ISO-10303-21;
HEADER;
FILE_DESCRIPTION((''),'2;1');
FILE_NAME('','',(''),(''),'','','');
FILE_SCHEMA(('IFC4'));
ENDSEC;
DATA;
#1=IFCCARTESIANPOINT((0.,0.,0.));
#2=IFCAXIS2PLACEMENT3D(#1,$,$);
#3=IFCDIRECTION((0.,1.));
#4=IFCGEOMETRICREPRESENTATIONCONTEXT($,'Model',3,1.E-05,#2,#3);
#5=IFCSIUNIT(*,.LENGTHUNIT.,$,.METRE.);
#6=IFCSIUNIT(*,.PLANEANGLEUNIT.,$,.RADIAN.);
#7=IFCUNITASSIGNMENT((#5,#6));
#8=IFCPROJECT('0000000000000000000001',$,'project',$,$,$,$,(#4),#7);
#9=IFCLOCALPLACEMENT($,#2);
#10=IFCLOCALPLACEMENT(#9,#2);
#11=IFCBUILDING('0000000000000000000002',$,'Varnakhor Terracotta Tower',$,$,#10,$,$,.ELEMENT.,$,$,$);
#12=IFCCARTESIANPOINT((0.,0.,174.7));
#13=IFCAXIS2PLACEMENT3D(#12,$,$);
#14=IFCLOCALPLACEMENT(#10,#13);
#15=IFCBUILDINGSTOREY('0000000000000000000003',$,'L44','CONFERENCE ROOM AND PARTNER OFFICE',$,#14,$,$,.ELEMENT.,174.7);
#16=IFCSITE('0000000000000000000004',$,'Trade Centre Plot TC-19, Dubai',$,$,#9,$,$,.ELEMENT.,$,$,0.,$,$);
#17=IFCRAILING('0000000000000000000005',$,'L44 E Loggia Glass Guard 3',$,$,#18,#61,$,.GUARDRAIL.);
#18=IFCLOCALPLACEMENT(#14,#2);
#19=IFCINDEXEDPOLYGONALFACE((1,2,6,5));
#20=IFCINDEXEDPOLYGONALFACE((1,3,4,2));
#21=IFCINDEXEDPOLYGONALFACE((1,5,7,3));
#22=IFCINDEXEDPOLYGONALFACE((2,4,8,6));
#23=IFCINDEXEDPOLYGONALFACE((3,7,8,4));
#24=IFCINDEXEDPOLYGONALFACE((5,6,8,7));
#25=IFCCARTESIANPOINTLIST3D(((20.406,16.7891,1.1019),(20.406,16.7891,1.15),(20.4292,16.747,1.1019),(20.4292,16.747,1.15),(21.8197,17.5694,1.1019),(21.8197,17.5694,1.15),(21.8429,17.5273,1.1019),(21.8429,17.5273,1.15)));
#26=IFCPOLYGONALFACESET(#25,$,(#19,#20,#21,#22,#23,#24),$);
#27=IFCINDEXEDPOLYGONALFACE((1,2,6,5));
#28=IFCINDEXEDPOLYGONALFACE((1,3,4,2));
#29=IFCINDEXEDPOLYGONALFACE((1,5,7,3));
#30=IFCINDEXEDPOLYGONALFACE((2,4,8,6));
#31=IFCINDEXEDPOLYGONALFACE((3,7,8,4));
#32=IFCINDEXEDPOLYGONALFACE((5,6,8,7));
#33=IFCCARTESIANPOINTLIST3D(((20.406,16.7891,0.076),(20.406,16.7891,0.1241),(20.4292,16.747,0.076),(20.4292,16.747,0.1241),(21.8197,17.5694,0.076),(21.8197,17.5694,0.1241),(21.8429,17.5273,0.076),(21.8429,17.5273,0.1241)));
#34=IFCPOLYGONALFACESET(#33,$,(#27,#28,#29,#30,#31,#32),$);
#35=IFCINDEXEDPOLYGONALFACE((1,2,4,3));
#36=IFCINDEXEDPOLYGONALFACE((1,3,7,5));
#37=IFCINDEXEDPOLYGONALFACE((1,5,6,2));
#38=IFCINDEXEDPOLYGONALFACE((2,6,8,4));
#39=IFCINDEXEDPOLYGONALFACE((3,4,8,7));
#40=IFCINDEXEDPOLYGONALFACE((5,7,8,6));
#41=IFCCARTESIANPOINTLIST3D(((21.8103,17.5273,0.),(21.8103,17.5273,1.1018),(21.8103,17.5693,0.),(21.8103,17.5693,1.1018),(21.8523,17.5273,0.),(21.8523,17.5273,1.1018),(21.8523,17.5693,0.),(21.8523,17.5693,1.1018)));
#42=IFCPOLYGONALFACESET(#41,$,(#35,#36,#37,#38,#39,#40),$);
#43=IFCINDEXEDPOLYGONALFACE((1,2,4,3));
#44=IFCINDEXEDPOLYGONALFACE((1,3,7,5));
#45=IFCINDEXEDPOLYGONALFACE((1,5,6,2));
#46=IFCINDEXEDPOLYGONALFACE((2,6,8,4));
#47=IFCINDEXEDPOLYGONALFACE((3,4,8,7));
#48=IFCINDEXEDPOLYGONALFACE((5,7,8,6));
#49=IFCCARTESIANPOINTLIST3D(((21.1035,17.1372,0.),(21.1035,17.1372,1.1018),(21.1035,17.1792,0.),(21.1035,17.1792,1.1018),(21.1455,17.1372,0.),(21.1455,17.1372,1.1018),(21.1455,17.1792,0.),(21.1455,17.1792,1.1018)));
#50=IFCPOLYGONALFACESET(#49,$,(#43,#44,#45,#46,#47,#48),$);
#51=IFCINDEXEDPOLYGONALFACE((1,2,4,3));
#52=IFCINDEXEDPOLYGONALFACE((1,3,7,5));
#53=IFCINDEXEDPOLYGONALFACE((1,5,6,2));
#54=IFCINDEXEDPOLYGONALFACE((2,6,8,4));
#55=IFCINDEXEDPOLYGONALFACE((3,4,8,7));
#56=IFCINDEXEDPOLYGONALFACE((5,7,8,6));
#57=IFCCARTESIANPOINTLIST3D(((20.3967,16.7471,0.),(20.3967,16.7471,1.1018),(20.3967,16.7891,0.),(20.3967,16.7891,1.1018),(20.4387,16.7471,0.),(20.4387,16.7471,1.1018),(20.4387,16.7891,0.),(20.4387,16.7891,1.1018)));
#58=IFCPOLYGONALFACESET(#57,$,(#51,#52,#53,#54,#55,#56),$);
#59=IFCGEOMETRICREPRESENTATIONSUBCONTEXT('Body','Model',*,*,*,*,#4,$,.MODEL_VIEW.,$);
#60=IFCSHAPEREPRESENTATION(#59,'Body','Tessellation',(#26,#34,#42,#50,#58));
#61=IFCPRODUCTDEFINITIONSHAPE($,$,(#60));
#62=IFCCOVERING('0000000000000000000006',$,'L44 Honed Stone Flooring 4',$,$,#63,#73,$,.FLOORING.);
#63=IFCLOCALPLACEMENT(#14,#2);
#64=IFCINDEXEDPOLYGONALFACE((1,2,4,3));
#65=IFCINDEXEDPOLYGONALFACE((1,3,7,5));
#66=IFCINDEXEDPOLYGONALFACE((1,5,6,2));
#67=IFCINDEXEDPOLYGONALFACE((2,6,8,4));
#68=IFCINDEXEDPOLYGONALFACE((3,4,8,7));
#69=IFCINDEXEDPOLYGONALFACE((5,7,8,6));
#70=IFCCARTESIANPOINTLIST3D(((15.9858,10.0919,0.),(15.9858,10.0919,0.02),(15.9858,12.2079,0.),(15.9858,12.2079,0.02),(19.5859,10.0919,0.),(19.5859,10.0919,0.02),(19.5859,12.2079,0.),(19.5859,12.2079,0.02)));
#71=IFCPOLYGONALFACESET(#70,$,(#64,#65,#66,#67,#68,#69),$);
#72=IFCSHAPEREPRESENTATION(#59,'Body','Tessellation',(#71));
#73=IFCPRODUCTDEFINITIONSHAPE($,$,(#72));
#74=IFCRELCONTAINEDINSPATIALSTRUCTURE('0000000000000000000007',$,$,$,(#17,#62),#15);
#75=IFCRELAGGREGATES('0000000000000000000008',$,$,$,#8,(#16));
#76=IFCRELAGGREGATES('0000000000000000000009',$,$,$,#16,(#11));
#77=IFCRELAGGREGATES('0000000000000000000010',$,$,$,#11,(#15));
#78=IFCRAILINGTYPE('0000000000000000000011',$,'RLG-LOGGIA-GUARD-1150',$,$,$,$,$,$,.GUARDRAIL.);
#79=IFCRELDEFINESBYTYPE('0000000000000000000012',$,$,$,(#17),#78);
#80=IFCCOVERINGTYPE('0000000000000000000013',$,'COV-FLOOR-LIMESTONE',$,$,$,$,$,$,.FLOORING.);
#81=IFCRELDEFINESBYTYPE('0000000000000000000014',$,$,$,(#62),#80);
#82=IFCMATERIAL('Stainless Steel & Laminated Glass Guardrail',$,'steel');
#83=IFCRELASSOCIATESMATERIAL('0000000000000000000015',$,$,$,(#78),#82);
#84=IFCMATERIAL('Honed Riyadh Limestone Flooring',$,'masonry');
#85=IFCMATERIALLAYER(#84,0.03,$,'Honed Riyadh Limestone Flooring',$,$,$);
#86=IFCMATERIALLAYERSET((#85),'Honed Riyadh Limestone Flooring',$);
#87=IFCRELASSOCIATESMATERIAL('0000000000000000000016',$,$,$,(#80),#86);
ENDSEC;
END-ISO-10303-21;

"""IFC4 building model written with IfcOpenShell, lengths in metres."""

from ifc_helpers import new_model, si_unit, direction, frame, origin, origin_2d, place, context, subcontext, project, spatial, rectangle, extrude, source, transform, mapped, material, layer, layer_set, type_object, element, save


model = new_model("IFC4")

# Units and contexts
model_context = context("Model", 3, precision=1e-05, world=origin(), true_north=direction((0.0, 1.0)))
body_context = subcontext(model_context, "Body", "Model", "MODEL_VIEW")
ifc_project = project(units=[si_unit("LENGTHUNIT", "METRE"), si_unit("PLANEANGLEUNIT", "RADIAN")], contexts=[model_context])

# Site, building, storey
site_placement = place(None, origin())
site = spatial("IfcSite", under=ifc_project, at=site_placement, Name="Trade Centre Plot TC-19, Dubai", CompositionType="ELEMENT", RefElevation=0.0)
building_placement = place(site_placement, origin())
building = spatial("IfcBuilding", under=site, at=building_placement, Name="Varnakhor Terracotta Tower", CompositionType="ELEMENT")
storey_placement = place(building_placement, frame((0.0, 0.0, 174.7)))
storey = spatial("IfcBuildingStorey", under=building, at=storey_placement, Name="L44", Description="CONFERENCE ROOM AND PARTNER OFFICE", CompositionType="ELEMENT", Elevation=174.7)

# Railing
ifc_material_1 = material(Name="Stainless Steel & Laminated Glass Guardrail", Category="steel")
railing_type = type_object("IfcRailingType", Name="RLG-LOGGIA-GUARD-1150", PredefinedType="GUARDRAIL", material=ifc_material_1)
railing_placement = place(storey_placement, frame((21.8313, 17.5483, 0.0)))
element("IfcRailing", 1, at=railing_placement, inside=storey, type_object=railing_type, Name="L44 E Loggia Glass Guard 3", PredefinedType="GUARDRAIL", context=body_context, shape_type="SweptSolid", body=[
    extrude(rectangle(XDim=0.0481, YDim=0.0481, at=origin_2d()), frame((0.0, 0.0, 1.126), z_axis=(-0.875481, -0.483253, 0.0), x_axis=(0.483253, -0.875481, 0.0)), (0.0, 0.0, 1.0), 1.6147),
    extrude(rectangle(XDim=0.0481, YDim=0.0481, at=origin_2d()), frame((0.0, 0.0, 0.1001), z_axis=(-0.875481, -0.483253, 0.0), x_axis=(0.483253, -0.875481, 0.0)), (0.0, 0.0, 1.0), 1.6147),
    extrude(rectangle(XDim=0.042, YDim=0.042, at=origin_2d()), origin(), (0.0, 0.0, 1.0), 1.1018),
    extrude(rectangle(XDim=0.042, YDim=0.042, at=origin_2d()), frame((-0.7068, -0.3901, 0.0)), (0.0, 0.0, 1.0), 1.1018),
    extrude(rectangle(XDim=0.042, YDim=0.042, at=origin_2d()), frame((-1.4136, -0.7803, 0.0)), (0.0, 0.0, 1.0), 1.1018),
])

# Covering
ifc_material_2 = material(Name="Honed Riyadh Limestone Flooring", Category="masonry")
ifc_layer_1 = layer(ifc_material_2, 0.03, Name="Honed Riyadh Limestone Flooring")
ifc_layer_set_1 = layer_set([ifc_layer_1], Name="Honed Riyadh Limestone Flooring")
covering_type = type_object("IfcCoveringType", Name="COV-FLOOR-LIMESTONE", PredefinedType="FLOORING", material=ifc_layer_set_1)
shared_shape_1 = source(origin(), body_context, "Body", "SweptSolid", [
    extrude(rectangle(XDim=3.6001, YDim=2.116, at=origin_2d()), origin(), (0.0, 0.0, 1.0), 0.02),
])
covering_placement = place(storey_placement, frame((17.7859, 11.1499, 0.0), z_axis=(0.0, 0.0, 1.0), x_axis=(1.0, 0.0, 0.0)))
element("IfcCovering", 2, at=covering_placement, inside=storey, type_object=covering_type, Name="L44 Honed Stone Flooring 4", PredefinedType="FLOORING", context=body_context, shape_type="MappedRepresentation", body=[
    mapped(shared_shape_1, transform((0.0, 0.0, 0.0), scale=1.0)),
])

save(model, "model.ifc")
